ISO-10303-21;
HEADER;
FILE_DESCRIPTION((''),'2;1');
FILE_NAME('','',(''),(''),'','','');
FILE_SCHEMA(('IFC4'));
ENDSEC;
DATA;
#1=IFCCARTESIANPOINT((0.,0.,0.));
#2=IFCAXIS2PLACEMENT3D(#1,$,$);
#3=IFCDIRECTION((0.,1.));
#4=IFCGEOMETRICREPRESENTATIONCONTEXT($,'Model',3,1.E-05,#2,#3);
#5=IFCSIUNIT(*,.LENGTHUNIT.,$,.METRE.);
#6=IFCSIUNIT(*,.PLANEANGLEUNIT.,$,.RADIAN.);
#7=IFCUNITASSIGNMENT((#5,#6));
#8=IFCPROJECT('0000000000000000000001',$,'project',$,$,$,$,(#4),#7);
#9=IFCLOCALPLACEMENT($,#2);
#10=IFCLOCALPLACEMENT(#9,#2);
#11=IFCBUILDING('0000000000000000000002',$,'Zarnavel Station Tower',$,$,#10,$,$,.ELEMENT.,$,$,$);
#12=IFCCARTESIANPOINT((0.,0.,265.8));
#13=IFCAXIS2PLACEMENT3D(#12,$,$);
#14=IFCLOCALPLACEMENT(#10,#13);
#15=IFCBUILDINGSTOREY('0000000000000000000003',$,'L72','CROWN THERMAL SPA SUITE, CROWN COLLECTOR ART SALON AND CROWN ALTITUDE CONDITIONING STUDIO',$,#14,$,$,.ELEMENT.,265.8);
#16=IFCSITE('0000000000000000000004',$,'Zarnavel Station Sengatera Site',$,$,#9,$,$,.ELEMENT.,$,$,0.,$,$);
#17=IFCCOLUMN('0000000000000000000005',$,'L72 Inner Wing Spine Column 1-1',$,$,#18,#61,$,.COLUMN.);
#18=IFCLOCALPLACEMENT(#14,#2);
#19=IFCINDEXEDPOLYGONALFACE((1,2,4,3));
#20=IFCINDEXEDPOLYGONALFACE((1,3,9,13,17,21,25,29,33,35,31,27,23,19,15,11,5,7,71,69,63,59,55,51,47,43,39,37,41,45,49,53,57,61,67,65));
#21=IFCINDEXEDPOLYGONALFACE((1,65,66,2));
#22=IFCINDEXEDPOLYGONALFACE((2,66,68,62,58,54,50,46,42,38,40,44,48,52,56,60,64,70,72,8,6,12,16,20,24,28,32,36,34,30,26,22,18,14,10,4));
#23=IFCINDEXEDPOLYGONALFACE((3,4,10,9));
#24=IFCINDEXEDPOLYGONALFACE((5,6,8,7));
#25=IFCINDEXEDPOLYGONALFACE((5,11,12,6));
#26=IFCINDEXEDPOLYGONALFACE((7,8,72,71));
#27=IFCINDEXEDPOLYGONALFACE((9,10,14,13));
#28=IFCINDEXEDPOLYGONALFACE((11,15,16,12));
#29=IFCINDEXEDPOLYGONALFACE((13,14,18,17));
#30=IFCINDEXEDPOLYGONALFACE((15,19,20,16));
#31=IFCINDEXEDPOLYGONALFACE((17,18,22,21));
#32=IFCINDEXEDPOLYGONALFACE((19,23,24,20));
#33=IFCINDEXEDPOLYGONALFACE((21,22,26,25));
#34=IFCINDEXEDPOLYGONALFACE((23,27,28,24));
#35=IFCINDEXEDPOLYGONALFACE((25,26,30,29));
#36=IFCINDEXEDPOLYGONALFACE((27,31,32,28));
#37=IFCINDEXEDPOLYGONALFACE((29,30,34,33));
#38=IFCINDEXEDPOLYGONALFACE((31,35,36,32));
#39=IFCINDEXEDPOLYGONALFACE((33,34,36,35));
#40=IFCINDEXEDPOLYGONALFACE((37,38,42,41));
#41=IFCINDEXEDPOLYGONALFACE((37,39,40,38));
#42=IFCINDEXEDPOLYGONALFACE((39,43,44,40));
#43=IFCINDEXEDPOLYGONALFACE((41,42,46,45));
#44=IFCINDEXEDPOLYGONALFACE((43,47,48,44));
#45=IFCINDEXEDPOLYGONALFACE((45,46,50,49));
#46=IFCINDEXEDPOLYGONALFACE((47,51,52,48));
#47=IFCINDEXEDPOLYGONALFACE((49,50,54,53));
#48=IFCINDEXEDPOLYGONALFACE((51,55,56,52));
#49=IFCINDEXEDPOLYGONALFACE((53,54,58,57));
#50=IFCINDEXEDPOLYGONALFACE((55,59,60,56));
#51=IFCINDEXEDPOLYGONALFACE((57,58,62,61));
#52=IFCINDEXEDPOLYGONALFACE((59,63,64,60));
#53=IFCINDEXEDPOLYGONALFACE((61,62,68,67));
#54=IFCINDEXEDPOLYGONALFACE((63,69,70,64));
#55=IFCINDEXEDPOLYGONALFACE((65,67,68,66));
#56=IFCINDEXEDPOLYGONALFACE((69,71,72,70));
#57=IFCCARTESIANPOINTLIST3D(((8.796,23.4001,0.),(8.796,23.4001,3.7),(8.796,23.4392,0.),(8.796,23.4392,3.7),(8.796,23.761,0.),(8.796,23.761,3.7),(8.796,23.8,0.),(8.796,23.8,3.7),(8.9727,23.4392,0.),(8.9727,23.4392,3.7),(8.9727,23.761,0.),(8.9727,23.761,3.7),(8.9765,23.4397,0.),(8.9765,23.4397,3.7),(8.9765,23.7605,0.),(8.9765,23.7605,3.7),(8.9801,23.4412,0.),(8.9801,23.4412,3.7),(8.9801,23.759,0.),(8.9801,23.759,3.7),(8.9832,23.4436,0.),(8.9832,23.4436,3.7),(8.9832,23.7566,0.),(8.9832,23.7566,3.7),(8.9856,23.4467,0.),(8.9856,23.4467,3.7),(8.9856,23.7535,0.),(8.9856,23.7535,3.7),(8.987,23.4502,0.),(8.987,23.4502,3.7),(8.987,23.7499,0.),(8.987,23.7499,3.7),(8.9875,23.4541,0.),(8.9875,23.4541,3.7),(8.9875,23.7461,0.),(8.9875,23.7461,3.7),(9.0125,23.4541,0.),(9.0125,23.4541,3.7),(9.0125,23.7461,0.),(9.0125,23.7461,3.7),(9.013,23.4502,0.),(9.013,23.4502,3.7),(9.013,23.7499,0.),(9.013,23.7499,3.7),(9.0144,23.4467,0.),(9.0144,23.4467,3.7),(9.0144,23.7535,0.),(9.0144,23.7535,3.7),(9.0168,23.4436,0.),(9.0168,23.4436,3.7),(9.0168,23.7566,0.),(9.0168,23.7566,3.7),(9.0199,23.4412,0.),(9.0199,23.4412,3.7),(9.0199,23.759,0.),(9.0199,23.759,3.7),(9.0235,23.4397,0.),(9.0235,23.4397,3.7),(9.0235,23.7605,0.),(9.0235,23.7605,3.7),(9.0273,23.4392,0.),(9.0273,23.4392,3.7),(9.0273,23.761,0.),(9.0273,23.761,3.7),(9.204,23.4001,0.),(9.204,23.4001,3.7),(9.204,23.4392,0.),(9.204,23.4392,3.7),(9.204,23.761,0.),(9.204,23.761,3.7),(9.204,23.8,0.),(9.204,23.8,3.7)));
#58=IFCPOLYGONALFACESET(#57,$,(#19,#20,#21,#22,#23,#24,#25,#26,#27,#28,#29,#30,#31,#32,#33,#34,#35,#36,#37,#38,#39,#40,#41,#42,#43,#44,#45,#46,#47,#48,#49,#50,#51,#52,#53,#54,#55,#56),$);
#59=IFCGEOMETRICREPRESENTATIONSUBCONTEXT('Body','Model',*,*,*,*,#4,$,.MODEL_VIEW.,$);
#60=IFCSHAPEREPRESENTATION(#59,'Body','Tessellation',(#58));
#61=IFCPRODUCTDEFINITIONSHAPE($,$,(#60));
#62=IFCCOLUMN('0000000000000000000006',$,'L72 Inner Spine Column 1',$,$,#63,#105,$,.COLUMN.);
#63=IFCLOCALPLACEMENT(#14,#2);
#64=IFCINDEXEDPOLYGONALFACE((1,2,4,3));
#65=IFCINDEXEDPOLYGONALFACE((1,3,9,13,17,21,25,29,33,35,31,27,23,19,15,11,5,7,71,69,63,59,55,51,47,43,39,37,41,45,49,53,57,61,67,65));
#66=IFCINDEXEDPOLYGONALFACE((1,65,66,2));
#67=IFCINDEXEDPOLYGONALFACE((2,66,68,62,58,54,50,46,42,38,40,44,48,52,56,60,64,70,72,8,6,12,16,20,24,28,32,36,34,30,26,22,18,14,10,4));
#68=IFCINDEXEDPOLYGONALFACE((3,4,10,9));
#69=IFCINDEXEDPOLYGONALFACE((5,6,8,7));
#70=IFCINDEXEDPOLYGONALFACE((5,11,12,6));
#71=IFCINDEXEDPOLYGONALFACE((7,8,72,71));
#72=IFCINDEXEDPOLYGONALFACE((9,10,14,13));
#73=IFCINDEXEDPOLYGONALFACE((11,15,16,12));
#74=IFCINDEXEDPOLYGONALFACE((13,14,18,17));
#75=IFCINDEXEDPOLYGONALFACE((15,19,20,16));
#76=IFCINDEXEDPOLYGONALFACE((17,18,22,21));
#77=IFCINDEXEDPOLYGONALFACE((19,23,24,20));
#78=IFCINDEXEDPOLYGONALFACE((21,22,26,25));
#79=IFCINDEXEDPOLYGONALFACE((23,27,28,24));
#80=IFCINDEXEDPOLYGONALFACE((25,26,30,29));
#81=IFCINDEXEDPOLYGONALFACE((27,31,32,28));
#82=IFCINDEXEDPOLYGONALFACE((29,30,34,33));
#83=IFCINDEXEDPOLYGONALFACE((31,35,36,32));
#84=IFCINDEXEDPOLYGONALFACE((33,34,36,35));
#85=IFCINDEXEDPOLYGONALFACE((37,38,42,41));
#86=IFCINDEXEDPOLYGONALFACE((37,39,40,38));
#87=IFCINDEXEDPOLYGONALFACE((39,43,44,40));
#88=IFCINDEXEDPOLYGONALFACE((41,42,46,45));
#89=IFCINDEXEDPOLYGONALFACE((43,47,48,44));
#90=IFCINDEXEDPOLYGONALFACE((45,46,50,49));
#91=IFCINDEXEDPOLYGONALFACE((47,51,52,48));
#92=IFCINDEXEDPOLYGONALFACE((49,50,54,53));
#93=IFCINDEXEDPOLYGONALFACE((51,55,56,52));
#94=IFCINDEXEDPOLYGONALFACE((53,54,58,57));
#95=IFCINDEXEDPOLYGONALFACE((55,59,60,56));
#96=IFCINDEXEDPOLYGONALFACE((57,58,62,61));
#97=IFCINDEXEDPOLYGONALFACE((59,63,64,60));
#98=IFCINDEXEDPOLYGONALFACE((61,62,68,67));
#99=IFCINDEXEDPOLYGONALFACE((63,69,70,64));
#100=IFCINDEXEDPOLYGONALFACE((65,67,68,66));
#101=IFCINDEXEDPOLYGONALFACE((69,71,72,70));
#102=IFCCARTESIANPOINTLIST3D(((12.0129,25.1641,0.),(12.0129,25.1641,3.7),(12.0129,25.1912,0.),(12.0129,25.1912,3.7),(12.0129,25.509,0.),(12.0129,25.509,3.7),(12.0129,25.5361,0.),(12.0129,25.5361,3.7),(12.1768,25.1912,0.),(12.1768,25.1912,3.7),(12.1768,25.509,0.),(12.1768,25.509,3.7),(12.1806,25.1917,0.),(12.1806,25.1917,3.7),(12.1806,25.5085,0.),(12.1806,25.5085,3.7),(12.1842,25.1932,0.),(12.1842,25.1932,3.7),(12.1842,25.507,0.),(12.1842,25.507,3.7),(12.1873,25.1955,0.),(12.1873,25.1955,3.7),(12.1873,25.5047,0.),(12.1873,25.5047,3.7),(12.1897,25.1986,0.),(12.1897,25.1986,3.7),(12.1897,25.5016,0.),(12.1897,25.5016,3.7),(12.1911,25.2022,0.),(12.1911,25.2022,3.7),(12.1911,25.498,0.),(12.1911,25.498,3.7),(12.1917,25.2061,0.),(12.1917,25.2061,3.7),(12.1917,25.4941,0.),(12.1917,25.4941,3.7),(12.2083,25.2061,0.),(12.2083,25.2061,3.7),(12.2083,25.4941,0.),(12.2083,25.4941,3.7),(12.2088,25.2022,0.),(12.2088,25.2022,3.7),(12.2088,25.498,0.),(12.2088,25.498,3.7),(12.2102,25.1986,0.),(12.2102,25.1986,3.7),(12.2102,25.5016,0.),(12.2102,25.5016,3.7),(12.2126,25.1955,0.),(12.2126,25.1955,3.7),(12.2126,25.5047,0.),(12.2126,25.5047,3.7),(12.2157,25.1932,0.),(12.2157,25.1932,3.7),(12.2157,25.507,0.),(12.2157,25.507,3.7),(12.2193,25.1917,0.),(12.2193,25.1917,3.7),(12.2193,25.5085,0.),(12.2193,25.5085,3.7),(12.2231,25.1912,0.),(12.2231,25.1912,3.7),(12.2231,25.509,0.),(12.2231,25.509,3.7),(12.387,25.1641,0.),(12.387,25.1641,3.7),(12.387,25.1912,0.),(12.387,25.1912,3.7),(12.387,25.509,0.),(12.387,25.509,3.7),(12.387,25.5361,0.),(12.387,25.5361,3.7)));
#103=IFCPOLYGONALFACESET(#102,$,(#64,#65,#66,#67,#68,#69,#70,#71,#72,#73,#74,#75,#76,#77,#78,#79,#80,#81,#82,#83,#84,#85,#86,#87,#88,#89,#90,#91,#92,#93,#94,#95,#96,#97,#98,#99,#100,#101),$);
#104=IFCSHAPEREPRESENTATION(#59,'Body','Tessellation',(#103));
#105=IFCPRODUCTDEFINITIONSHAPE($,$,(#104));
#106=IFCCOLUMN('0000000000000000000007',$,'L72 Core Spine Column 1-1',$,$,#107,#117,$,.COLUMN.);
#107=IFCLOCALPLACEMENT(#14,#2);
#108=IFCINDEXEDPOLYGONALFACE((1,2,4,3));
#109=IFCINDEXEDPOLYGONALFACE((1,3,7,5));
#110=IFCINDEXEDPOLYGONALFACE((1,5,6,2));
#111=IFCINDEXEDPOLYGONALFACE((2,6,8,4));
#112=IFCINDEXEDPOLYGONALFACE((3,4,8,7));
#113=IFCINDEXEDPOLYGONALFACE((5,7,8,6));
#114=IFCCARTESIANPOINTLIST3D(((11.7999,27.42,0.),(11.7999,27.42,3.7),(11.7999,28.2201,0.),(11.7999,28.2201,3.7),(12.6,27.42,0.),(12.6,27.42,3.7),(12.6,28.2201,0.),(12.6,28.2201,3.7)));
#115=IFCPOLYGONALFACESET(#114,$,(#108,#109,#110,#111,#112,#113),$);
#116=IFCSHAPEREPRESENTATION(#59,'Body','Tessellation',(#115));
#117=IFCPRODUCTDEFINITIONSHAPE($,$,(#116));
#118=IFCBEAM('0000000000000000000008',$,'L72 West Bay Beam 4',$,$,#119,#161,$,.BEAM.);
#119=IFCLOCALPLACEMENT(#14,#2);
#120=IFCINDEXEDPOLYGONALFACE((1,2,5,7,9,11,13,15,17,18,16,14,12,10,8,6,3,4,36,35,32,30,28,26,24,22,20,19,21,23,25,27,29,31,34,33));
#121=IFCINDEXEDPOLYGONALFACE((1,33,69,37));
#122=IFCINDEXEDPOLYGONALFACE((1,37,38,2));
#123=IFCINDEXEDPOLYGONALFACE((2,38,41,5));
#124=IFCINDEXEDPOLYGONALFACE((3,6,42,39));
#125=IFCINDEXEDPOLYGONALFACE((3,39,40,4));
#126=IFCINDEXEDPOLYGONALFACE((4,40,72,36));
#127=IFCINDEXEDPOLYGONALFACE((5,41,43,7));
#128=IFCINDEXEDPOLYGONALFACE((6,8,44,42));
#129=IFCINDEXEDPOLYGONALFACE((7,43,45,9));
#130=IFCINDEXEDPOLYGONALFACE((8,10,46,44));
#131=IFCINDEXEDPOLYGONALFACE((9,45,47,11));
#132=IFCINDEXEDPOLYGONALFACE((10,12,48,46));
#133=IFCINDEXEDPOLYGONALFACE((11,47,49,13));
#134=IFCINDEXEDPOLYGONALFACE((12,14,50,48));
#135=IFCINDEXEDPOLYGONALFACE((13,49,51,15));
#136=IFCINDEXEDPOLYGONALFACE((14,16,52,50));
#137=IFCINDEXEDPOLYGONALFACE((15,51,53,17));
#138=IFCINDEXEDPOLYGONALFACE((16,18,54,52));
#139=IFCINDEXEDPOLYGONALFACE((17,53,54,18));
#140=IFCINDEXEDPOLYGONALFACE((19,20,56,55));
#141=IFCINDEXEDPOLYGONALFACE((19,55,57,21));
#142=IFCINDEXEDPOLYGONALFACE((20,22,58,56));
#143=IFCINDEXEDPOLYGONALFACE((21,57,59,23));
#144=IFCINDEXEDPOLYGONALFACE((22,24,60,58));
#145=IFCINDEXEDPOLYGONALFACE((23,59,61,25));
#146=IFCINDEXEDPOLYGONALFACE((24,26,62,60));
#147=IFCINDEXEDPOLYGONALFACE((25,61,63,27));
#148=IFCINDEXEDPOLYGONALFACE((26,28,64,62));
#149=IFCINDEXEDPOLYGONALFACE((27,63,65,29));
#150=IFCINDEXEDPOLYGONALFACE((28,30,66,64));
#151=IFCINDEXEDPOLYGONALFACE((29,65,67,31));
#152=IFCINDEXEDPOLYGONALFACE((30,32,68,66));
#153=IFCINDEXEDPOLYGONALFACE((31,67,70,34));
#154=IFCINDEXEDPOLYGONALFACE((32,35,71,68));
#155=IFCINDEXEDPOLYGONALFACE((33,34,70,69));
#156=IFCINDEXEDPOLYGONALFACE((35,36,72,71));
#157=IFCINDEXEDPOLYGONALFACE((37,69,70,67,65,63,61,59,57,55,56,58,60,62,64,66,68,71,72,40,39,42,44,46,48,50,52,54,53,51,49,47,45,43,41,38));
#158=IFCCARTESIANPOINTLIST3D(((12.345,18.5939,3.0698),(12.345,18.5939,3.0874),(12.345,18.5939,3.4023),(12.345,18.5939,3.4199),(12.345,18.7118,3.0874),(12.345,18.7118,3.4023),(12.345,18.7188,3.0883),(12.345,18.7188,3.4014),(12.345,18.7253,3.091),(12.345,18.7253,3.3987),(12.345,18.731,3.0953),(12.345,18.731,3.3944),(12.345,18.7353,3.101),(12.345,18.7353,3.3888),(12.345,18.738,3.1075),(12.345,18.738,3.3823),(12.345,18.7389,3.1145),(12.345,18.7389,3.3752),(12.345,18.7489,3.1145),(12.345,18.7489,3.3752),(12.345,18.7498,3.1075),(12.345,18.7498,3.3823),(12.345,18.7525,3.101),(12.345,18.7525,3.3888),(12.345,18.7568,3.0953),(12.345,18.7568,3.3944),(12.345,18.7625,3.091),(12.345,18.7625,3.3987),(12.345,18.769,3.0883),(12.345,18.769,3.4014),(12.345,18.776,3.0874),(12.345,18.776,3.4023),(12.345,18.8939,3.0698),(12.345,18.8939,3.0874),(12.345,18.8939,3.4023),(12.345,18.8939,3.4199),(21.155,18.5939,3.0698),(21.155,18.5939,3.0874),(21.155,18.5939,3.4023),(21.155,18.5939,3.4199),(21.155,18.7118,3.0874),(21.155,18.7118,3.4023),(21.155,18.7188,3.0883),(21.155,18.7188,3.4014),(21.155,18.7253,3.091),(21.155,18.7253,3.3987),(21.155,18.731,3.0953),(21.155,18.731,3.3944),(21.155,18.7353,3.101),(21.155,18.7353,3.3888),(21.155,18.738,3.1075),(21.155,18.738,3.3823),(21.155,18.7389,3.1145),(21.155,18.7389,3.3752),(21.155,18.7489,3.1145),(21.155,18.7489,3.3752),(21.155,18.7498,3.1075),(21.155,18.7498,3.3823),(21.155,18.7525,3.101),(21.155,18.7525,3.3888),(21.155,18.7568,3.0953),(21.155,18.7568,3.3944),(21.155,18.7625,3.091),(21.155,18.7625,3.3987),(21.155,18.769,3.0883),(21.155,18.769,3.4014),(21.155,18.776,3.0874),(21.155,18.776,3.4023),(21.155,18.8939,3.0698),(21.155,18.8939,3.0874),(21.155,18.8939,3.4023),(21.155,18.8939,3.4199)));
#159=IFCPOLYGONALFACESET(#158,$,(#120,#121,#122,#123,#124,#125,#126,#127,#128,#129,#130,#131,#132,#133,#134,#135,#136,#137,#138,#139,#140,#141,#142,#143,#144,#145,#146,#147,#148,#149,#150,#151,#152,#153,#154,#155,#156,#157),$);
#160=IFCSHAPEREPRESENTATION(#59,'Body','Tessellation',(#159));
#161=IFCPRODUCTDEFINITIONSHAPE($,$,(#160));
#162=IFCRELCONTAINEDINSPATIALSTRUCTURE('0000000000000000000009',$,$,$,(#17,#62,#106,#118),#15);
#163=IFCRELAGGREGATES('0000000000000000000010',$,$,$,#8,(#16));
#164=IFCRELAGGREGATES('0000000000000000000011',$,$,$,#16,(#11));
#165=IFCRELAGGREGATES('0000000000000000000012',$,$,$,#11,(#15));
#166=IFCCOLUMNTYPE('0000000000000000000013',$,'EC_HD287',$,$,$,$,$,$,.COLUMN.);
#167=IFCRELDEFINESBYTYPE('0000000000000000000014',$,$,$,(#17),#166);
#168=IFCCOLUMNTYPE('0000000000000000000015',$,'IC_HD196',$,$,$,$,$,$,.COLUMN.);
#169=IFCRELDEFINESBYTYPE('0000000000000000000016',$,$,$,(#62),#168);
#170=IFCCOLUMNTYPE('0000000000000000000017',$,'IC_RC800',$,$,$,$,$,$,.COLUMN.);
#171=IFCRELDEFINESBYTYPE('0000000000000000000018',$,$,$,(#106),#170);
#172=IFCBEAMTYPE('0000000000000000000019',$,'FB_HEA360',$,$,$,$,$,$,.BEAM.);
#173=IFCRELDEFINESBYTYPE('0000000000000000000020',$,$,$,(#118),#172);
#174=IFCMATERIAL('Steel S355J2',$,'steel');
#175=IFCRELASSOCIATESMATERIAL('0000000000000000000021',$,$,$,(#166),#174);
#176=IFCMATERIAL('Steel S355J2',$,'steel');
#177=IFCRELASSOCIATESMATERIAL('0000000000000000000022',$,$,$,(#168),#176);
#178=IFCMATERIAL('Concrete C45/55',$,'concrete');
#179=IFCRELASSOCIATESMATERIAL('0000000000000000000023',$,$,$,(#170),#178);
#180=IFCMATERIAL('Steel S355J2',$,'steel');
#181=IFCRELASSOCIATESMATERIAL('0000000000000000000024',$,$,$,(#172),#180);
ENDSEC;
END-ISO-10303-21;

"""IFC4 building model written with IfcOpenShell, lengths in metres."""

from ifc_helpers import new_model, si_unit, direction, frame, origin, origin_2d, place, context, subcontext, project, spatial, rectangle, i_section, extrude, material, material_profile, profile_set, type_object, element, save


model = new_model("IFC4")

# Units and contexts
model_context = context("Model", 3, precision=1e-05, world=origin(), true_north=direction((0.0, 1.0)))
body_context = subcontext(model_context, "Body", "Model", "MODEL_VIEW")
ifc_project = project(units=[si_unit("LENGTHUNIT", "METRE"), si_unit("PLANEANGLEUNIT", "RADIAN")], contexts=[model_context])

# Site, building, storey
site_placement = place(None, origin())
site = spatial("IfcSite", under=ifc_project, at=site_placement, Name="Zarnavel Station Sengatera Site", CompositionType="ELEMENT", RefElevation=0.0)
building_placement = place(site_placement, origin())
building = spatial("IfcBuilding", under=site, at=building_placement, Name="Zarnavel Station Tower", CompositionType="ELEMENT")
storey_placement = place(building_placement, frame((0.0, 0.0, 265.8)))
storey = spatial("IfcBuildingStorey", under=building, at=storey_placement, Name="L72", Description="CROWN THERMAL SPA SUITE, CROWN COLLECTOR ART SALON AND CROWN ALTITUDE CONDITIONING STUDIO", CompositionType="ELEMENT", Elevation=265.8)

# Columns
ifc_material_1 = material(Name="Steel S355J2", Category="steel")
ifc_material_profile_1 = material_profile(ifc_material_1, i_section(OverallWidth=0.408, OverallDepth=0.3999, WebThickness=0.0249, FlangeThickness=0.0391, FilletRadius=0.0149, at=origin_2d()), Name="HD400x287")
ifc_profile_set_1 = profile_set([ifc_material_profile_1], Name="Steel S355J2")
column_type_1 = type_object("IfcColumnType", Name="EC_HD287", PredefinedType="COLUMN", material=ifc_profile_set_1)
column_1_placement = place(storey_placement, frame((9.0, 23.6001, 0.0), z_axis=(0.0, 0.0, 1.0), x_axis=(1.0, 0.0, 0.0)))
element("IfcColumn", 1, at=column_1_placement, inside=storey, type_object=column_type_1, Name="L72 Inner Wing Spine Column 1-1", PredefinedType="COLUMN", context=body_context, shape_type="SweptSolid", body=[
    extrude(i_section(OverallWidth=0.408, OverallDepth=0.3999, WebThickness=0.0249, FlangeThickness=0.0391, FilletRadius=0.0149, at=origin_2d()), origin(), (0.0, 0.0, 1.0), 3.7),
])
ifc_material_2 = material(Name="Steel S355J2", Category="steel")
ifc_material_profile_2 = material_profile(ifc_material_2, i_section(OverallWidth=0.374, OverallDepth=0.3721, WebThickness=0.0166, FlangeThickness=0.0271, FilletRadius=0.0149, at=origin_2d()), Name="HD360x196")
ifc_profile_set_2 = profile_set([ifc_material_profile_2], Name="Steel S355J2")
column_type_2 = type_object("IfcColumnType", Name="IC_HD196", PredefinedType="COLUMN", material=ifc_profile_set_2)
column_2_placement = place(storey_placement, frame((12.2, 25.3501, 0.0), z_axis=(0.0, 0.0, 1.0), x_axis=(1.0, 0.0, 0.0)))
element("IfcColumn", 2, at=column_2_placement, inside=storey, type_object=column_type_2, Name="L72 Inner Spine Column 1", PredefinedType="COLUMN", context=body_context, shape_type="SweptSolid", body=[
    extrude(i_section(OverallWidth=0.374, OverallDepth=0.3721, WebThickness=0.0166, FlangeThickness=0.0271, FilletRadius=0.0149, at=origin_2d()), origin(), (0.0, 0.0, 1.0), 3.7),
])
ifc_material_3 = material(Name="Concrete C45/55", Category="concrete")
ifc_material_profile_3 = material_profile(ifc_material_3, rectangle(XDim=0.8, YDim=0.8, at=origin_2d()), Name="RC800x800")
ifc_profile_set_3 = profile_set([ifc_material_profile_3], Name="Concrete C45/55")
column_type_3 = type_object("IfcColumnType", Name="IC_RC800", PredefinedType="COLUMN", material=ifc_profile_set_3)
column_3_placement = place(storey_placement, frame((12.2, 27.8201, 0.0), z_axis=(0.0, 0.0, 1.0), x_axis=(1.0, 0.0, 0.0)))
element("IfcColumn", 3, at=column_3_placement, inside=storey, type_object=column_type_3, Name="L72 Core Spine Column 1-1", PredefinedType="COLUMN", context=body_context, shape_type="SweptSolid", body=[
    extrude(rectangle(XDim=0.8, YDim=0.8, at=origin_2d()), origin(), (0.0, 0.0, 1.0), 3.7),
])

# Beam
ifc_material_4 = material(Name="Steel S355J2", Category="steel")
ifc_material_profile_4 = material_profile(ifc_material_4, i_section(OverallWidth=0.3, OverallDepth=0.3501, WebThickness=0.01, FlangeThickness=0.0176, FilletRadius=0.0271, at=origin_2d()), Name="HEA360")
ifc_profile_set_4 = profile_set([ifc_material_profile_4], Name="Steel S355J2")
beam_type_1 = type_object("IfcBeamType", Name="FB_HEA360", PredefinedType="BEAM", material=ifc_profile_set_4)
beam_1_placement = place(storey_placement, frame((12.345, 18.7439, 3.2449), z_axis=(1.0, 0.0, 0.0), x_axis=(0.0, 1.0, 0.0)))
element("IfcBeam", 4, at=beam_1_placement, inside=storey, type_object=beam_type_1, Name="L72 West Bay Beam 4", PredefinedType="BEAM", context=body_context, shape_type="SweptSolid", body=[
    extrude(i_section(OverallWidth=0.3, OverallDepth=0.3501, WebThickness=0.01, FlangeThickness=0.0176, FilletRadius=0.0271, at=origin_2d()), origin(), (0.0, 0.0, 1.0), 8.8101),
])

save(model, "model.ifc")
